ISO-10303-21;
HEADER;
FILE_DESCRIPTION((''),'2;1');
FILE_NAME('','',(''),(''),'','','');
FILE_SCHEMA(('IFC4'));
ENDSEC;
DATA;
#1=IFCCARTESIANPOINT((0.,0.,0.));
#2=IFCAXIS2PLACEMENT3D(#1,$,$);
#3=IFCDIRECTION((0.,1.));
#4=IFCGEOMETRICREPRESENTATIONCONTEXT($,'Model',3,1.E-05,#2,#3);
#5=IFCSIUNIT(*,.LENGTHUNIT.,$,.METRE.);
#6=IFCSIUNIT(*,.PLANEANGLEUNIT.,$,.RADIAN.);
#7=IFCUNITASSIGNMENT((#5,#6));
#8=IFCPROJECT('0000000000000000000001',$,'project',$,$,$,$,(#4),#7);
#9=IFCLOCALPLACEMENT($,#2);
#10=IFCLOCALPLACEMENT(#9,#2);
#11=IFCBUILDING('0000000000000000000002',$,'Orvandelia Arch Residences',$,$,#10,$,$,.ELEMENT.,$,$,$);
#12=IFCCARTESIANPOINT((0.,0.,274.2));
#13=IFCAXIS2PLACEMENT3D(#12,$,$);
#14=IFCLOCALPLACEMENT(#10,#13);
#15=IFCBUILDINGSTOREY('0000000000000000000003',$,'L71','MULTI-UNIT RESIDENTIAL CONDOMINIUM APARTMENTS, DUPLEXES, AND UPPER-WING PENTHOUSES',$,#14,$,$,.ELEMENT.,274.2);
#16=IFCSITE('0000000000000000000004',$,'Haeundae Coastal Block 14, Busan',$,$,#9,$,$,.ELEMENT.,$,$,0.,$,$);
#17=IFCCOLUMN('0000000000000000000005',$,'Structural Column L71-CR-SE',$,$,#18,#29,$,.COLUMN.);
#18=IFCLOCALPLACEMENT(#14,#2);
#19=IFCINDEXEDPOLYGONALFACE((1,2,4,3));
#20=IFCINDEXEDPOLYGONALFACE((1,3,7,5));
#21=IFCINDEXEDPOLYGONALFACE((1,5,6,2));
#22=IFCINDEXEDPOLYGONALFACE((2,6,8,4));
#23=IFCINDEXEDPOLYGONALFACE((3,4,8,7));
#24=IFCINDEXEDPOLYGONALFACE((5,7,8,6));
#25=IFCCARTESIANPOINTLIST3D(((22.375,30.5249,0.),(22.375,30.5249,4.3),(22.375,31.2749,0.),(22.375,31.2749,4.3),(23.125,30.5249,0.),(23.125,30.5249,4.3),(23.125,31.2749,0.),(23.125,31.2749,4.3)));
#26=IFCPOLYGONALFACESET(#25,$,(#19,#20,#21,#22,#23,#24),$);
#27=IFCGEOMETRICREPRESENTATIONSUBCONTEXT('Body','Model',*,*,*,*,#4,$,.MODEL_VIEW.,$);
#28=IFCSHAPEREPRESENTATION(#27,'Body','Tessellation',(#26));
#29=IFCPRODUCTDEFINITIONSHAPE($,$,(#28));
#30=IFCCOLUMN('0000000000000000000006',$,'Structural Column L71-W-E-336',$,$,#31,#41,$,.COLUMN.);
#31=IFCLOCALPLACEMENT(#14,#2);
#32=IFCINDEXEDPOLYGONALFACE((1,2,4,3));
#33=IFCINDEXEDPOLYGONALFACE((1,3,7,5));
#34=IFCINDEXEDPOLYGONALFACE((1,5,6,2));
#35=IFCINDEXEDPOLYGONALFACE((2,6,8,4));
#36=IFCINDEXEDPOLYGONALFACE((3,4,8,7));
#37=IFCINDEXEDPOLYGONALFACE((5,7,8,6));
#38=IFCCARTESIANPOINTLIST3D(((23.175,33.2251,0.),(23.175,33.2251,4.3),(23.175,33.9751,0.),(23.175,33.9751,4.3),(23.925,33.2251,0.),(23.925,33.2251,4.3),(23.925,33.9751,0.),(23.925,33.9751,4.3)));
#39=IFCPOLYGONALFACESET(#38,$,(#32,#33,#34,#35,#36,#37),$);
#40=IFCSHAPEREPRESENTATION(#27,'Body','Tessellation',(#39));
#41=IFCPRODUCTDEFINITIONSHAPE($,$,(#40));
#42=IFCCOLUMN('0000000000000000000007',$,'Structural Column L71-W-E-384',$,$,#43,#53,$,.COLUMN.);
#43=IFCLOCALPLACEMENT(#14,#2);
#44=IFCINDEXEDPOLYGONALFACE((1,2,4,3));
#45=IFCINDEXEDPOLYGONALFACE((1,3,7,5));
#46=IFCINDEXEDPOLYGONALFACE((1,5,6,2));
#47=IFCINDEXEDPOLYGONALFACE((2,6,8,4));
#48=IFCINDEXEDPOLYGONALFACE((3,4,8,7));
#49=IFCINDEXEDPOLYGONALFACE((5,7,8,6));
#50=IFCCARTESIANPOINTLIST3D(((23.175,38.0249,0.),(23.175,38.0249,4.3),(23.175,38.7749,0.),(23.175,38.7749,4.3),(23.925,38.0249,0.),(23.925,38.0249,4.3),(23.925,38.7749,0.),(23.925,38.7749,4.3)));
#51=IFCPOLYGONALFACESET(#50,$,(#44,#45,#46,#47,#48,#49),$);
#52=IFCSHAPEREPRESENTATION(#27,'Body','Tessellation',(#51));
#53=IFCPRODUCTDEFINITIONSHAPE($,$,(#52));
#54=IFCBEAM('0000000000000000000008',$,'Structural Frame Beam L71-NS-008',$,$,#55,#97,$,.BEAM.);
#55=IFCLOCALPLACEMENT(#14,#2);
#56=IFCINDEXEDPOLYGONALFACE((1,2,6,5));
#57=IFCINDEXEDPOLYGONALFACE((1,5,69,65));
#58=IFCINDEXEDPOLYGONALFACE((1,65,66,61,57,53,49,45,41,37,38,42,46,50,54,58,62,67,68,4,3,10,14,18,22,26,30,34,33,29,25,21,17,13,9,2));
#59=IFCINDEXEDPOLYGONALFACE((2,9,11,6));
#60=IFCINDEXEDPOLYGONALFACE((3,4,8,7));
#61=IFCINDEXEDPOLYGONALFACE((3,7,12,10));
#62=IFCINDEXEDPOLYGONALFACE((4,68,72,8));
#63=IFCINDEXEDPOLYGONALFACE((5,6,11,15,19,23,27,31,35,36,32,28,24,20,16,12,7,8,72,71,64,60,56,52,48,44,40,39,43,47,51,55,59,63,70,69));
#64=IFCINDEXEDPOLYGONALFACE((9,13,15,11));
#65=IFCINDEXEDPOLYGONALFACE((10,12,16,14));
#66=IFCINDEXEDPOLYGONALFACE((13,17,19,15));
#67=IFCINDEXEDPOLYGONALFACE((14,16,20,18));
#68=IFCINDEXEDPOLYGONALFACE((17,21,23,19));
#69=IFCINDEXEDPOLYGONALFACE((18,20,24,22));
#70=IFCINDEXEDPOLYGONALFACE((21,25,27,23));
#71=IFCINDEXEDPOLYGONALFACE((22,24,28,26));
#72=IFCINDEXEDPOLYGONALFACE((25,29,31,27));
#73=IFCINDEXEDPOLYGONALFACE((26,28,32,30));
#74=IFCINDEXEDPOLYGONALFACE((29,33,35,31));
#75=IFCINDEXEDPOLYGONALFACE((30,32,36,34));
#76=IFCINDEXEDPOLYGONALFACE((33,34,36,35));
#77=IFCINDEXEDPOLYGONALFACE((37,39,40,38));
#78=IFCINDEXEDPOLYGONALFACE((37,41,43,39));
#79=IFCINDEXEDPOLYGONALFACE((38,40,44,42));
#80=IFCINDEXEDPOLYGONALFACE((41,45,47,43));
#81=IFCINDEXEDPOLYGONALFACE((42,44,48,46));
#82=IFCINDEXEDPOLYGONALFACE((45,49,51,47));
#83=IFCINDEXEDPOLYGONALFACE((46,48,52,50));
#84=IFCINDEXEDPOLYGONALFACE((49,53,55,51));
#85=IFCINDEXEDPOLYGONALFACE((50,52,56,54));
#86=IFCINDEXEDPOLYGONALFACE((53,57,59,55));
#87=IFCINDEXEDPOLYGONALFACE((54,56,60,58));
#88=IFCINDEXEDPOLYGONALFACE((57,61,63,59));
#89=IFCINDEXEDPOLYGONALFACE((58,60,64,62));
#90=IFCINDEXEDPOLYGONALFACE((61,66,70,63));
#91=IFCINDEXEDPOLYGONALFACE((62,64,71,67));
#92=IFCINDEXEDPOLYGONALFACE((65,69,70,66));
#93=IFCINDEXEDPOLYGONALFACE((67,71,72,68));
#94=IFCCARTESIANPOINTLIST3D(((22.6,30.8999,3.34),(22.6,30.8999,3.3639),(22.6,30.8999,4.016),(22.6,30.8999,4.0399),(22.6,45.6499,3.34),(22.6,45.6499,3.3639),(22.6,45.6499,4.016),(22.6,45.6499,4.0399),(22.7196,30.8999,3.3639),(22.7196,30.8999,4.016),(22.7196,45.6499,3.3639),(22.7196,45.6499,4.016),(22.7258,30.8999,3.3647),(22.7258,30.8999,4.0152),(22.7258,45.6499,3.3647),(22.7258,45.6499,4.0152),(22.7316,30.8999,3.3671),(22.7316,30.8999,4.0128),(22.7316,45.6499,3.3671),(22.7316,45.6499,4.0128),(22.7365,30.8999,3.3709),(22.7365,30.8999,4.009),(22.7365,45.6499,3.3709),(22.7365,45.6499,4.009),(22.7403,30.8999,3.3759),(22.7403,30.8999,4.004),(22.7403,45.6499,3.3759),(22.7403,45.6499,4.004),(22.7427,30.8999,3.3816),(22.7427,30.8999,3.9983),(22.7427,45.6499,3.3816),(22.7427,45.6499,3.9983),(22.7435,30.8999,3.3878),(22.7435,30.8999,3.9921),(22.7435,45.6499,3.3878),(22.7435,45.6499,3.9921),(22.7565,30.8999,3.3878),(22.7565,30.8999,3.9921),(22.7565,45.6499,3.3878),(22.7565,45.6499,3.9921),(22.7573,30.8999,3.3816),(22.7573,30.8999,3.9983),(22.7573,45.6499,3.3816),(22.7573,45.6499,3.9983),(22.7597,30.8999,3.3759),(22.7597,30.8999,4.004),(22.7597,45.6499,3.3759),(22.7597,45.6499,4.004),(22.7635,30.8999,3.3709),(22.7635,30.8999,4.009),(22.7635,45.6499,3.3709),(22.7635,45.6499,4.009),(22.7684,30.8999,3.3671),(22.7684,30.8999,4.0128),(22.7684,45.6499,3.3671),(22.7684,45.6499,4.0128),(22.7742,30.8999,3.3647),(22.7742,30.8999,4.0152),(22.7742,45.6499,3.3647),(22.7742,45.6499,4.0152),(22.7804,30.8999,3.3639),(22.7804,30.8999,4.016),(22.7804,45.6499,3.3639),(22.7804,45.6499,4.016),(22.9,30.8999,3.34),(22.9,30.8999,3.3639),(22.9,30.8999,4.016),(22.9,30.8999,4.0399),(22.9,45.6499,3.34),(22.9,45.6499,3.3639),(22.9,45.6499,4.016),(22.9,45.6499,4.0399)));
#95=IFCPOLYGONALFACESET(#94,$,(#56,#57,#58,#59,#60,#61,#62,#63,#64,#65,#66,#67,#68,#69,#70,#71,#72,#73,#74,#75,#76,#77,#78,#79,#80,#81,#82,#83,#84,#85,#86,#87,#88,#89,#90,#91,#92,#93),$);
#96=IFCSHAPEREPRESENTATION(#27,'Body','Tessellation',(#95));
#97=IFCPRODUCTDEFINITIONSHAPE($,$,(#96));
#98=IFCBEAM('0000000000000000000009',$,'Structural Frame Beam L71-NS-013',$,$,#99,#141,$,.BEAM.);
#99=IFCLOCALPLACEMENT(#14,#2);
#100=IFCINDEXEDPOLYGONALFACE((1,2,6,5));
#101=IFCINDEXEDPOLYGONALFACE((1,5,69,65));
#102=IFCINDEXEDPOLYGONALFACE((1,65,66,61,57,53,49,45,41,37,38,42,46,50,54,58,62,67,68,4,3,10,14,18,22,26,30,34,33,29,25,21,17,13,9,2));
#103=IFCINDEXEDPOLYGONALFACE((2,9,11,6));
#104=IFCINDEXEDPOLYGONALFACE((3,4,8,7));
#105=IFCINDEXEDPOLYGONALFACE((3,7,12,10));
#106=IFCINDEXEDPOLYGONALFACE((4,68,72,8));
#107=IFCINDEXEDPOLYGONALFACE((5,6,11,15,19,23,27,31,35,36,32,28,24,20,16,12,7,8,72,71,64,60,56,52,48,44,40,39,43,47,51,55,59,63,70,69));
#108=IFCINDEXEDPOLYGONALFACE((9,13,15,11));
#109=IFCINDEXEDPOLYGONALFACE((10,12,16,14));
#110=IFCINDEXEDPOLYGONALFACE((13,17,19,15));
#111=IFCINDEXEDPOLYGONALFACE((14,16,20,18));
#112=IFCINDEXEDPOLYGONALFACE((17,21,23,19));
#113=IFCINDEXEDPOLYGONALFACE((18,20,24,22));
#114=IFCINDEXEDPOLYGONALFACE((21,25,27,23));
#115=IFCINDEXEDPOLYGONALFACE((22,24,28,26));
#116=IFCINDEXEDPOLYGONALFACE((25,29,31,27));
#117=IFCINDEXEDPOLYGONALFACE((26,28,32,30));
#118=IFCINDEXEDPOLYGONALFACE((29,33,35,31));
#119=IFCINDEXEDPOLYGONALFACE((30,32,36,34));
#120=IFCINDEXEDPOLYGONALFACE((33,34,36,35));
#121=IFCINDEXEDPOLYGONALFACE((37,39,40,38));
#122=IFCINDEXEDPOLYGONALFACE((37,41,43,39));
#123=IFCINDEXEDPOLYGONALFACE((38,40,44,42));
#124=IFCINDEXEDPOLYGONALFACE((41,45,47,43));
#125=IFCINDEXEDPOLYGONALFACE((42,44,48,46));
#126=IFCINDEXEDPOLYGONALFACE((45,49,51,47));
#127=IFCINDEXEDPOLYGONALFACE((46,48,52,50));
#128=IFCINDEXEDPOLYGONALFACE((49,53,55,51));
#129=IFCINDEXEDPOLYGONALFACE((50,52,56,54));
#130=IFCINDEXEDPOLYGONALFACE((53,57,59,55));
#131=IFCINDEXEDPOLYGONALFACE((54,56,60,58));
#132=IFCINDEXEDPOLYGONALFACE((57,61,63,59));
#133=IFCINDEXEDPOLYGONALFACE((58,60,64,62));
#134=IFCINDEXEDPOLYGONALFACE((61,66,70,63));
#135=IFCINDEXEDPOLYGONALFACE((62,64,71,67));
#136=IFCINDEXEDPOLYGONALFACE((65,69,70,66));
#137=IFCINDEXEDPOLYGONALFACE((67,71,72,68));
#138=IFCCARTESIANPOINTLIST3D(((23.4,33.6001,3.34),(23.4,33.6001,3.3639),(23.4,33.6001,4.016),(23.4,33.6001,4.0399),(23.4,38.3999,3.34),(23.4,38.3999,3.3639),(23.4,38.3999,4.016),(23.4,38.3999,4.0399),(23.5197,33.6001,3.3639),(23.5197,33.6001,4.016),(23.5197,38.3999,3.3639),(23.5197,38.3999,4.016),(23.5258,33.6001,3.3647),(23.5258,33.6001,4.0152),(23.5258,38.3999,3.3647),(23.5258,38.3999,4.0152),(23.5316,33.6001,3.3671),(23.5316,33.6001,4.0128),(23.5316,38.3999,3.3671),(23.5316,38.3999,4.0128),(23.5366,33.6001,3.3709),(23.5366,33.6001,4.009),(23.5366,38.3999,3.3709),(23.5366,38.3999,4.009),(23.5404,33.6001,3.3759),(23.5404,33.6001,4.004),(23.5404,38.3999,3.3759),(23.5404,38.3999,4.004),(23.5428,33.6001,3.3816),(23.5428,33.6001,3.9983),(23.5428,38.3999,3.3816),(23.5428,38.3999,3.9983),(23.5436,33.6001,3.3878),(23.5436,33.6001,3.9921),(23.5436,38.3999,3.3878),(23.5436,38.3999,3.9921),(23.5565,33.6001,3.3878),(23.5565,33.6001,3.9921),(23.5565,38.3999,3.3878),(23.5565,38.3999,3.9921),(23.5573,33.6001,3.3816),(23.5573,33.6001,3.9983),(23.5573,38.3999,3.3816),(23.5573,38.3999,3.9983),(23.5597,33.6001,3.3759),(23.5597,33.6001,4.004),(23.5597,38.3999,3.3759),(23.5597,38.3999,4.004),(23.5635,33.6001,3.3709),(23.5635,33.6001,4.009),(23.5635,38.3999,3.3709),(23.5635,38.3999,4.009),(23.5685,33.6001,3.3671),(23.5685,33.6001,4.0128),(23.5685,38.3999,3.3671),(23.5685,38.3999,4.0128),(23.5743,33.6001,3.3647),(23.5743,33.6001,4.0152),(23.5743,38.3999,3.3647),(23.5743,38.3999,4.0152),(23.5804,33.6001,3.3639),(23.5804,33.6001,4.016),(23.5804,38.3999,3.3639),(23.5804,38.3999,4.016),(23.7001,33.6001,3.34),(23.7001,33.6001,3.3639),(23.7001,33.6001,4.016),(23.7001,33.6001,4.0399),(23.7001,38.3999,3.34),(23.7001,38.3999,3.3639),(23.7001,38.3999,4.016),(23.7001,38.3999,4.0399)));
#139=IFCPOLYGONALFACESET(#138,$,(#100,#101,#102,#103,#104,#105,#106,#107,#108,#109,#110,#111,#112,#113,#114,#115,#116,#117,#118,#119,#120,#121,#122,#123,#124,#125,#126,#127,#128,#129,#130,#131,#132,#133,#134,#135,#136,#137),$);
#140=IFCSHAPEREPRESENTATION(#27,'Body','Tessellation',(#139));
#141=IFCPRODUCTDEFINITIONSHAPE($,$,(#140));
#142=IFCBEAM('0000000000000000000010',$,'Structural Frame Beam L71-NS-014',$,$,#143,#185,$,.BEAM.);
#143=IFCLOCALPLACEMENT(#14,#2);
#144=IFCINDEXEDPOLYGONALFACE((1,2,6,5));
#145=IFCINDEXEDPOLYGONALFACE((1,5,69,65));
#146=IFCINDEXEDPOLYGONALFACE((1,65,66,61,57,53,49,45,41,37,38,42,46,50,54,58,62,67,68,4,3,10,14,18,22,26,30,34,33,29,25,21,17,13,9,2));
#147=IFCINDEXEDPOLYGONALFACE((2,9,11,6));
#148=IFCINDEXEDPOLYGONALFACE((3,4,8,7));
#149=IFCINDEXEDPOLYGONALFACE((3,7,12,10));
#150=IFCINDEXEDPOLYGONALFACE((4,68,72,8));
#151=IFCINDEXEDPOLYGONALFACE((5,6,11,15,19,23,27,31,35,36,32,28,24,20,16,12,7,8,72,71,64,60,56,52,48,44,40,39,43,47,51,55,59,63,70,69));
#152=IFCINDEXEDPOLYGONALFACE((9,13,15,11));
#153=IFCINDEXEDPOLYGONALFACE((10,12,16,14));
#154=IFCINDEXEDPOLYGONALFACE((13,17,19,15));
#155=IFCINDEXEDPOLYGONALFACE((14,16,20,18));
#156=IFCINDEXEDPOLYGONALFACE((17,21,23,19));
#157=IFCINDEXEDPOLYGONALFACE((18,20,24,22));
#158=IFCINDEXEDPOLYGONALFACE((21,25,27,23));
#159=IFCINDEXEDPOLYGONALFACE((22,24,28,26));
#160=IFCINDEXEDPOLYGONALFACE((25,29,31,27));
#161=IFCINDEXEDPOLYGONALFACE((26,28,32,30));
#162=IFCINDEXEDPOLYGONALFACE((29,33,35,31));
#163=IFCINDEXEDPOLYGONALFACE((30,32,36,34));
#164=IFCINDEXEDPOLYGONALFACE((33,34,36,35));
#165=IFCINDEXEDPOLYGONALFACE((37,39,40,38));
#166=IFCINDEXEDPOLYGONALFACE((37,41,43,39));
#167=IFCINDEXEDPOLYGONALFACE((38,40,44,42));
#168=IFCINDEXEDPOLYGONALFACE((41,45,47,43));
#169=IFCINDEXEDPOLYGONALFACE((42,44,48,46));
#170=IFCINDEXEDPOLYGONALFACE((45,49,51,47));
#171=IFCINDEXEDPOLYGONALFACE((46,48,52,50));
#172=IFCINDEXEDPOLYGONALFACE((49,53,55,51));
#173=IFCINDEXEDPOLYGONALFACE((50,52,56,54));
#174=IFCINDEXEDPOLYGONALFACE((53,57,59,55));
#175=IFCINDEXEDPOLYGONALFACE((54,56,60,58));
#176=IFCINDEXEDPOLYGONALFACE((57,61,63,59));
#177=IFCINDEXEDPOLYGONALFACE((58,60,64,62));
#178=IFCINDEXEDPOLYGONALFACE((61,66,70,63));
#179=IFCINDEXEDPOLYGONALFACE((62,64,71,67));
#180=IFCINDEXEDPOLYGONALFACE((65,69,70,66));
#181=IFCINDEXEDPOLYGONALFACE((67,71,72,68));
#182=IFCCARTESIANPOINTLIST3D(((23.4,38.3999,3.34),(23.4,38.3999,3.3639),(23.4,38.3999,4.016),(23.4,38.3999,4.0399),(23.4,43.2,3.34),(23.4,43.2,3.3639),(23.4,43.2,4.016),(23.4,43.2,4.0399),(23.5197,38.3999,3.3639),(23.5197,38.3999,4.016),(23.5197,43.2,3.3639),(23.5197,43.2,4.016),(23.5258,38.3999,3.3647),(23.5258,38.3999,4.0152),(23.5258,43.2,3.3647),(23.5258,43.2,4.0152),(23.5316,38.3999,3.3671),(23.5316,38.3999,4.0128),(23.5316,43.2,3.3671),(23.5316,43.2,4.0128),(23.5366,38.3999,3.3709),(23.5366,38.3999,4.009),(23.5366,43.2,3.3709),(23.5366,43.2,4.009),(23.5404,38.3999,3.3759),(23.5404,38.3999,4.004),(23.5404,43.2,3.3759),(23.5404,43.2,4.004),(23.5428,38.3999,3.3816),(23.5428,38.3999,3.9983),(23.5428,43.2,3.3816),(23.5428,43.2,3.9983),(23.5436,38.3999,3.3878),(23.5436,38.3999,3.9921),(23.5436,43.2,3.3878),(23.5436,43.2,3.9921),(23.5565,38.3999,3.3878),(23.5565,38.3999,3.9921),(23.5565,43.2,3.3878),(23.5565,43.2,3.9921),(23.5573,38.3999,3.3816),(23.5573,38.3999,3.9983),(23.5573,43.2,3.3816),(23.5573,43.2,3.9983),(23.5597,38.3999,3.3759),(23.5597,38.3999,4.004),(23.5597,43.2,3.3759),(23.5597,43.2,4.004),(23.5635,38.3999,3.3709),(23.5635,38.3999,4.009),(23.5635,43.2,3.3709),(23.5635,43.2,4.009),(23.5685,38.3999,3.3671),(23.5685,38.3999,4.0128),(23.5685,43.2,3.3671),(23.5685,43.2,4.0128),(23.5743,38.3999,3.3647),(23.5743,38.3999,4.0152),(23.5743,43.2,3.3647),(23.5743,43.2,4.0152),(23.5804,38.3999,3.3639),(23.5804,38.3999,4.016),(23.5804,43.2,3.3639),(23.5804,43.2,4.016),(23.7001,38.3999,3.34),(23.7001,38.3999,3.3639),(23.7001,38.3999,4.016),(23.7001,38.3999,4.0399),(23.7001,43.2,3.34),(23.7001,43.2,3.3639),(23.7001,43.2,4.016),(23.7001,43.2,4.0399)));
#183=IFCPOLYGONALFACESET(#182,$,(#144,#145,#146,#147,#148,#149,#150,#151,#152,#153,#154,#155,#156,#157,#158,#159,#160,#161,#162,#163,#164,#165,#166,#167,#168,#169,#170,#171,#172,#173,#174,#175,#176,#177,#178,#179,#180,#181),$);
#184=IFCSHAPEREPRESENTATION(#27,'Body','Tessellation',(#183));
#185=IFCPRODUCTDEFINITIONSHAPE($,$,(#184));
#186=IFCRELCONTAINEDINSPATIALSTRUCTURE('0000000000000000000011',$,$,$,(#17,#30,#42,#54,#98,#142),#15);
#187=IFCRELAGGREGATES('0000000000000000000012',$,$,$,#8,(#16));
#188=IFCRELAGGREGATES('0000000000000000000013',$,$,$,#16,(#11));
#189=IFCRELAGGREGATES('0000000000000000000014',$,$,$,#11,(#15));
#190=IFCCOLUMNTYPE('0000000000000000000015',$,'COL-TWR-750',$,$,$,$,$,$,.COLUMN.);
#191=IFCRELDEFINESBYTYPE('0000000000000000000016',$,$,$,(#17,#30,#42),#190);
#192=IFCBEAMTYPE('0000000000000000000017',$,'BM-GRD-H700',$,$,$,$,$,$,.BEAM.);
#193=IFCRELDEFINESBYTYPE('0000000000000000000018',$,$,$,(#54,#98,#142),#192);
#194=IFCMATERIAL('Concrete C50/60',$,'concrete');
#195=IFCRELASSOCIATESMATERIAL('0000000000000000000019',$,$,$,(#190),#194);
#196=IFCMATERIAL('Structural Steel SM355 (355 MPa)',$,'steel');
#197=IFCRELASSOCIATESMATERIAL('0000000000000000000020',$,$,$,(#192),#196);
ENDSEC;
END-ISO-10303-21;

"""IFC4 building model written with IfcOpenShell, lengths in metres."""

from ifc_helpers import new_model, si_unit, direction, frame, origin, origin_2d, place, context, subcontext, project, spatial, rectangle, i_section, extrude, material, material_profile, profile_set, type_object, element, save


model = new_model("IFC4")

# Units and contexts
model_context = context("Model", 3, precision=1e-05, world=origin(), true_north=direction((0.0, 1.0)))
body_context = subcontext(model_context, "Body", "Model", "MODEL_VIEW")
ifc_project = project(units=[si_unit("LENGTHUNIT", "METRE"), si_unit("PLANEANGLEUNIT", "RADIAN")], contexts=[model_context])

# Site, building, storey
site_placement = place(None, origin())
site = spatial("IfcSite", under=ifc_project, at=site_placement, Name="Haeundae Coastal Block 14, Busan", CompositionType="ELEMENT", RefElevation=0.0)
building_placement = place(site_placement, origin())
building = spatial("IfcBuilding", under=site, at=building_placement, Name="Orvandelia Arch Residences", CompositionType="ELEMENT")
storey_placement = place(building_placement, frame((0.0, 0.0, 274.2)))
storey = spatial("IfcBuildingStorey", under=building, at=storey_placement, Name="L71", Description="MULTI-UNIT RESIDENTIAL CONDOMINIUM APARTMENTS, DUPLEXES, AND UPPER-WING PENTHOUSES", CompositionType="ELEMENT", Elevation=274.2)

# Columns
ifc_material_1 = material(Name="Concrete C50/60", Category="concrete")
ifc_material_profile_1 = material_profile(ifc_material_1, rectangle(XDim=0.75, YDim=0.75, at=origin_2d()), Name="Concrete C50/60", Category="concrete")
ifc_profile_set_1 = profile_set([ifc_material_profile_1], Name="Concrete C50/60")
column_type = type_object("IfcColumnType", Name="COL-TWR-750", PredefinedType="COLUMN", material=ifc_profile_set_1)
for number, where, z_axis, x_axis, name in (
    (1, (22.75, 30.8999, 0.0), (0.0, 0.0, 1.0), (1.0, 0.0, 0.0), "Structural Column L71-CR-SE"),
    (2, (23.55, 33.6001, 0.0), (0.0, 0.0, 1.0), (1.0, 0.0, 0.0), "Structural Column L71-W-E-336"),
    (3, (23.55, 38.3999, 0.0), (0.0, 0.0, 1.0), (1.0, 0.0, 0.0), "Structural Column L71-W-E-384"),
):
    element("IfcColumn", number, at=place(storey_placement, frame(where, z_axis=z_axis, x_axis=x_axis)), inside=storey, type_object=column_type, Name=name, PredefinedType="COLUMN", context=body_context, shape_type="SweptSolid", body=[
        extrude(rectangle(XDim=0.75, YDim=0.75, at=origin_2d()), origin(), (0.0, 0.0, 1.0), 4.3),
    ])

# Beams
ifc_material_2 = material(Name="Structural Steel SM355 (355 MPa)", Category="steel")
ifc_material_profile_2 = material_profile(ifc_material_2, i_section(OverallWidth=0.3, OverallDepth=0.7, WebThickness=0.0129, FlangeThickness=0.0239, FilletRadius=0.0239, at=origin_2d()), Name="Structural Steel SM355 (355 MPa)", Category="steel")
ifc_profile_set_2 = profile_set([ifc_material_profile_2], Name="Structural Steel SM355 (355 MPa)")
beam_type = type_object("IfcBeamType", Name="BM-GRD-H700", PredefinedType="BEAM", material=ifc_profile_set_2)
beam_1_placement = place(storey_placement, frame((22.75, 30.8999, 3.6899), z_axis=(0.0, 1.0, 0.0), x_axis=(-1.0, 0.0, 0.0)))
element("IfcBeam", 4, at=beam_1_placement, inside=storey, type_object=beam_type, Name="Structural Frame Beam L71-NS-008", PredefinedType="BEAM", context=body_context, shape_type="SweptSolid", body=[
    extrude(i_section(OverallWidth=0.3, OverallDepth=0.7, WebThickness=0.0129, FlangeThickness=0.0239, FilletRadius=0.0239, at=origin_2d()), origin(), (0.0, 0.0, 1.0), 14.75),
])
beam_2_placement = place(storey_placement, frame((23.55, 33.6001, 3.6899), z_axis=(0.0, 1.0, 0.0), x_axis=(-1.0, 0.0, 0.0)))
element("IfcBeam", 5, at=beam_2_placement, inside=storey, type_object=beam_type, Name="Structural Frame Beam L71-NS-013", PredefinedType="BEAM", context=body_context, shape_type="SweptSolid", body=[
    extrude(i_section(OverallWidth=0.3, OverallDepth=0.7, WebThickness=0.0129, FlangeThickness=0.0239, FilletRadius=0.0239, at=origin_2d()), origin(), (0.0, 0.0, 1.0), 4.7998),
])
beam_3_placement = place(storey_placement, frame((23.55, 38.3999, 3.6899), z_axis=(0.0, 1.0, 0.0), x_axis=(-1.0, 0.0, 0.0)))
element("IfcBeam", 6, at=beam_3_placement, inside=storey, type_object=beam_type, Name="Structural Frame Beam L71-NS-014", PredefinedType="BEAM", context=body_context, shape_type="SweptSolid", body=[
    extrude(i_section(OverallWidth=0.3, OverallDepth=0.7, WebThickness=0.0129, FlangeThickness=0.0239, FilletRadius=0.0239, at=origin_2d()), origin(), (0.0, 0.0, 1.0), 4.8),
])

save(model, "model.ifc")
